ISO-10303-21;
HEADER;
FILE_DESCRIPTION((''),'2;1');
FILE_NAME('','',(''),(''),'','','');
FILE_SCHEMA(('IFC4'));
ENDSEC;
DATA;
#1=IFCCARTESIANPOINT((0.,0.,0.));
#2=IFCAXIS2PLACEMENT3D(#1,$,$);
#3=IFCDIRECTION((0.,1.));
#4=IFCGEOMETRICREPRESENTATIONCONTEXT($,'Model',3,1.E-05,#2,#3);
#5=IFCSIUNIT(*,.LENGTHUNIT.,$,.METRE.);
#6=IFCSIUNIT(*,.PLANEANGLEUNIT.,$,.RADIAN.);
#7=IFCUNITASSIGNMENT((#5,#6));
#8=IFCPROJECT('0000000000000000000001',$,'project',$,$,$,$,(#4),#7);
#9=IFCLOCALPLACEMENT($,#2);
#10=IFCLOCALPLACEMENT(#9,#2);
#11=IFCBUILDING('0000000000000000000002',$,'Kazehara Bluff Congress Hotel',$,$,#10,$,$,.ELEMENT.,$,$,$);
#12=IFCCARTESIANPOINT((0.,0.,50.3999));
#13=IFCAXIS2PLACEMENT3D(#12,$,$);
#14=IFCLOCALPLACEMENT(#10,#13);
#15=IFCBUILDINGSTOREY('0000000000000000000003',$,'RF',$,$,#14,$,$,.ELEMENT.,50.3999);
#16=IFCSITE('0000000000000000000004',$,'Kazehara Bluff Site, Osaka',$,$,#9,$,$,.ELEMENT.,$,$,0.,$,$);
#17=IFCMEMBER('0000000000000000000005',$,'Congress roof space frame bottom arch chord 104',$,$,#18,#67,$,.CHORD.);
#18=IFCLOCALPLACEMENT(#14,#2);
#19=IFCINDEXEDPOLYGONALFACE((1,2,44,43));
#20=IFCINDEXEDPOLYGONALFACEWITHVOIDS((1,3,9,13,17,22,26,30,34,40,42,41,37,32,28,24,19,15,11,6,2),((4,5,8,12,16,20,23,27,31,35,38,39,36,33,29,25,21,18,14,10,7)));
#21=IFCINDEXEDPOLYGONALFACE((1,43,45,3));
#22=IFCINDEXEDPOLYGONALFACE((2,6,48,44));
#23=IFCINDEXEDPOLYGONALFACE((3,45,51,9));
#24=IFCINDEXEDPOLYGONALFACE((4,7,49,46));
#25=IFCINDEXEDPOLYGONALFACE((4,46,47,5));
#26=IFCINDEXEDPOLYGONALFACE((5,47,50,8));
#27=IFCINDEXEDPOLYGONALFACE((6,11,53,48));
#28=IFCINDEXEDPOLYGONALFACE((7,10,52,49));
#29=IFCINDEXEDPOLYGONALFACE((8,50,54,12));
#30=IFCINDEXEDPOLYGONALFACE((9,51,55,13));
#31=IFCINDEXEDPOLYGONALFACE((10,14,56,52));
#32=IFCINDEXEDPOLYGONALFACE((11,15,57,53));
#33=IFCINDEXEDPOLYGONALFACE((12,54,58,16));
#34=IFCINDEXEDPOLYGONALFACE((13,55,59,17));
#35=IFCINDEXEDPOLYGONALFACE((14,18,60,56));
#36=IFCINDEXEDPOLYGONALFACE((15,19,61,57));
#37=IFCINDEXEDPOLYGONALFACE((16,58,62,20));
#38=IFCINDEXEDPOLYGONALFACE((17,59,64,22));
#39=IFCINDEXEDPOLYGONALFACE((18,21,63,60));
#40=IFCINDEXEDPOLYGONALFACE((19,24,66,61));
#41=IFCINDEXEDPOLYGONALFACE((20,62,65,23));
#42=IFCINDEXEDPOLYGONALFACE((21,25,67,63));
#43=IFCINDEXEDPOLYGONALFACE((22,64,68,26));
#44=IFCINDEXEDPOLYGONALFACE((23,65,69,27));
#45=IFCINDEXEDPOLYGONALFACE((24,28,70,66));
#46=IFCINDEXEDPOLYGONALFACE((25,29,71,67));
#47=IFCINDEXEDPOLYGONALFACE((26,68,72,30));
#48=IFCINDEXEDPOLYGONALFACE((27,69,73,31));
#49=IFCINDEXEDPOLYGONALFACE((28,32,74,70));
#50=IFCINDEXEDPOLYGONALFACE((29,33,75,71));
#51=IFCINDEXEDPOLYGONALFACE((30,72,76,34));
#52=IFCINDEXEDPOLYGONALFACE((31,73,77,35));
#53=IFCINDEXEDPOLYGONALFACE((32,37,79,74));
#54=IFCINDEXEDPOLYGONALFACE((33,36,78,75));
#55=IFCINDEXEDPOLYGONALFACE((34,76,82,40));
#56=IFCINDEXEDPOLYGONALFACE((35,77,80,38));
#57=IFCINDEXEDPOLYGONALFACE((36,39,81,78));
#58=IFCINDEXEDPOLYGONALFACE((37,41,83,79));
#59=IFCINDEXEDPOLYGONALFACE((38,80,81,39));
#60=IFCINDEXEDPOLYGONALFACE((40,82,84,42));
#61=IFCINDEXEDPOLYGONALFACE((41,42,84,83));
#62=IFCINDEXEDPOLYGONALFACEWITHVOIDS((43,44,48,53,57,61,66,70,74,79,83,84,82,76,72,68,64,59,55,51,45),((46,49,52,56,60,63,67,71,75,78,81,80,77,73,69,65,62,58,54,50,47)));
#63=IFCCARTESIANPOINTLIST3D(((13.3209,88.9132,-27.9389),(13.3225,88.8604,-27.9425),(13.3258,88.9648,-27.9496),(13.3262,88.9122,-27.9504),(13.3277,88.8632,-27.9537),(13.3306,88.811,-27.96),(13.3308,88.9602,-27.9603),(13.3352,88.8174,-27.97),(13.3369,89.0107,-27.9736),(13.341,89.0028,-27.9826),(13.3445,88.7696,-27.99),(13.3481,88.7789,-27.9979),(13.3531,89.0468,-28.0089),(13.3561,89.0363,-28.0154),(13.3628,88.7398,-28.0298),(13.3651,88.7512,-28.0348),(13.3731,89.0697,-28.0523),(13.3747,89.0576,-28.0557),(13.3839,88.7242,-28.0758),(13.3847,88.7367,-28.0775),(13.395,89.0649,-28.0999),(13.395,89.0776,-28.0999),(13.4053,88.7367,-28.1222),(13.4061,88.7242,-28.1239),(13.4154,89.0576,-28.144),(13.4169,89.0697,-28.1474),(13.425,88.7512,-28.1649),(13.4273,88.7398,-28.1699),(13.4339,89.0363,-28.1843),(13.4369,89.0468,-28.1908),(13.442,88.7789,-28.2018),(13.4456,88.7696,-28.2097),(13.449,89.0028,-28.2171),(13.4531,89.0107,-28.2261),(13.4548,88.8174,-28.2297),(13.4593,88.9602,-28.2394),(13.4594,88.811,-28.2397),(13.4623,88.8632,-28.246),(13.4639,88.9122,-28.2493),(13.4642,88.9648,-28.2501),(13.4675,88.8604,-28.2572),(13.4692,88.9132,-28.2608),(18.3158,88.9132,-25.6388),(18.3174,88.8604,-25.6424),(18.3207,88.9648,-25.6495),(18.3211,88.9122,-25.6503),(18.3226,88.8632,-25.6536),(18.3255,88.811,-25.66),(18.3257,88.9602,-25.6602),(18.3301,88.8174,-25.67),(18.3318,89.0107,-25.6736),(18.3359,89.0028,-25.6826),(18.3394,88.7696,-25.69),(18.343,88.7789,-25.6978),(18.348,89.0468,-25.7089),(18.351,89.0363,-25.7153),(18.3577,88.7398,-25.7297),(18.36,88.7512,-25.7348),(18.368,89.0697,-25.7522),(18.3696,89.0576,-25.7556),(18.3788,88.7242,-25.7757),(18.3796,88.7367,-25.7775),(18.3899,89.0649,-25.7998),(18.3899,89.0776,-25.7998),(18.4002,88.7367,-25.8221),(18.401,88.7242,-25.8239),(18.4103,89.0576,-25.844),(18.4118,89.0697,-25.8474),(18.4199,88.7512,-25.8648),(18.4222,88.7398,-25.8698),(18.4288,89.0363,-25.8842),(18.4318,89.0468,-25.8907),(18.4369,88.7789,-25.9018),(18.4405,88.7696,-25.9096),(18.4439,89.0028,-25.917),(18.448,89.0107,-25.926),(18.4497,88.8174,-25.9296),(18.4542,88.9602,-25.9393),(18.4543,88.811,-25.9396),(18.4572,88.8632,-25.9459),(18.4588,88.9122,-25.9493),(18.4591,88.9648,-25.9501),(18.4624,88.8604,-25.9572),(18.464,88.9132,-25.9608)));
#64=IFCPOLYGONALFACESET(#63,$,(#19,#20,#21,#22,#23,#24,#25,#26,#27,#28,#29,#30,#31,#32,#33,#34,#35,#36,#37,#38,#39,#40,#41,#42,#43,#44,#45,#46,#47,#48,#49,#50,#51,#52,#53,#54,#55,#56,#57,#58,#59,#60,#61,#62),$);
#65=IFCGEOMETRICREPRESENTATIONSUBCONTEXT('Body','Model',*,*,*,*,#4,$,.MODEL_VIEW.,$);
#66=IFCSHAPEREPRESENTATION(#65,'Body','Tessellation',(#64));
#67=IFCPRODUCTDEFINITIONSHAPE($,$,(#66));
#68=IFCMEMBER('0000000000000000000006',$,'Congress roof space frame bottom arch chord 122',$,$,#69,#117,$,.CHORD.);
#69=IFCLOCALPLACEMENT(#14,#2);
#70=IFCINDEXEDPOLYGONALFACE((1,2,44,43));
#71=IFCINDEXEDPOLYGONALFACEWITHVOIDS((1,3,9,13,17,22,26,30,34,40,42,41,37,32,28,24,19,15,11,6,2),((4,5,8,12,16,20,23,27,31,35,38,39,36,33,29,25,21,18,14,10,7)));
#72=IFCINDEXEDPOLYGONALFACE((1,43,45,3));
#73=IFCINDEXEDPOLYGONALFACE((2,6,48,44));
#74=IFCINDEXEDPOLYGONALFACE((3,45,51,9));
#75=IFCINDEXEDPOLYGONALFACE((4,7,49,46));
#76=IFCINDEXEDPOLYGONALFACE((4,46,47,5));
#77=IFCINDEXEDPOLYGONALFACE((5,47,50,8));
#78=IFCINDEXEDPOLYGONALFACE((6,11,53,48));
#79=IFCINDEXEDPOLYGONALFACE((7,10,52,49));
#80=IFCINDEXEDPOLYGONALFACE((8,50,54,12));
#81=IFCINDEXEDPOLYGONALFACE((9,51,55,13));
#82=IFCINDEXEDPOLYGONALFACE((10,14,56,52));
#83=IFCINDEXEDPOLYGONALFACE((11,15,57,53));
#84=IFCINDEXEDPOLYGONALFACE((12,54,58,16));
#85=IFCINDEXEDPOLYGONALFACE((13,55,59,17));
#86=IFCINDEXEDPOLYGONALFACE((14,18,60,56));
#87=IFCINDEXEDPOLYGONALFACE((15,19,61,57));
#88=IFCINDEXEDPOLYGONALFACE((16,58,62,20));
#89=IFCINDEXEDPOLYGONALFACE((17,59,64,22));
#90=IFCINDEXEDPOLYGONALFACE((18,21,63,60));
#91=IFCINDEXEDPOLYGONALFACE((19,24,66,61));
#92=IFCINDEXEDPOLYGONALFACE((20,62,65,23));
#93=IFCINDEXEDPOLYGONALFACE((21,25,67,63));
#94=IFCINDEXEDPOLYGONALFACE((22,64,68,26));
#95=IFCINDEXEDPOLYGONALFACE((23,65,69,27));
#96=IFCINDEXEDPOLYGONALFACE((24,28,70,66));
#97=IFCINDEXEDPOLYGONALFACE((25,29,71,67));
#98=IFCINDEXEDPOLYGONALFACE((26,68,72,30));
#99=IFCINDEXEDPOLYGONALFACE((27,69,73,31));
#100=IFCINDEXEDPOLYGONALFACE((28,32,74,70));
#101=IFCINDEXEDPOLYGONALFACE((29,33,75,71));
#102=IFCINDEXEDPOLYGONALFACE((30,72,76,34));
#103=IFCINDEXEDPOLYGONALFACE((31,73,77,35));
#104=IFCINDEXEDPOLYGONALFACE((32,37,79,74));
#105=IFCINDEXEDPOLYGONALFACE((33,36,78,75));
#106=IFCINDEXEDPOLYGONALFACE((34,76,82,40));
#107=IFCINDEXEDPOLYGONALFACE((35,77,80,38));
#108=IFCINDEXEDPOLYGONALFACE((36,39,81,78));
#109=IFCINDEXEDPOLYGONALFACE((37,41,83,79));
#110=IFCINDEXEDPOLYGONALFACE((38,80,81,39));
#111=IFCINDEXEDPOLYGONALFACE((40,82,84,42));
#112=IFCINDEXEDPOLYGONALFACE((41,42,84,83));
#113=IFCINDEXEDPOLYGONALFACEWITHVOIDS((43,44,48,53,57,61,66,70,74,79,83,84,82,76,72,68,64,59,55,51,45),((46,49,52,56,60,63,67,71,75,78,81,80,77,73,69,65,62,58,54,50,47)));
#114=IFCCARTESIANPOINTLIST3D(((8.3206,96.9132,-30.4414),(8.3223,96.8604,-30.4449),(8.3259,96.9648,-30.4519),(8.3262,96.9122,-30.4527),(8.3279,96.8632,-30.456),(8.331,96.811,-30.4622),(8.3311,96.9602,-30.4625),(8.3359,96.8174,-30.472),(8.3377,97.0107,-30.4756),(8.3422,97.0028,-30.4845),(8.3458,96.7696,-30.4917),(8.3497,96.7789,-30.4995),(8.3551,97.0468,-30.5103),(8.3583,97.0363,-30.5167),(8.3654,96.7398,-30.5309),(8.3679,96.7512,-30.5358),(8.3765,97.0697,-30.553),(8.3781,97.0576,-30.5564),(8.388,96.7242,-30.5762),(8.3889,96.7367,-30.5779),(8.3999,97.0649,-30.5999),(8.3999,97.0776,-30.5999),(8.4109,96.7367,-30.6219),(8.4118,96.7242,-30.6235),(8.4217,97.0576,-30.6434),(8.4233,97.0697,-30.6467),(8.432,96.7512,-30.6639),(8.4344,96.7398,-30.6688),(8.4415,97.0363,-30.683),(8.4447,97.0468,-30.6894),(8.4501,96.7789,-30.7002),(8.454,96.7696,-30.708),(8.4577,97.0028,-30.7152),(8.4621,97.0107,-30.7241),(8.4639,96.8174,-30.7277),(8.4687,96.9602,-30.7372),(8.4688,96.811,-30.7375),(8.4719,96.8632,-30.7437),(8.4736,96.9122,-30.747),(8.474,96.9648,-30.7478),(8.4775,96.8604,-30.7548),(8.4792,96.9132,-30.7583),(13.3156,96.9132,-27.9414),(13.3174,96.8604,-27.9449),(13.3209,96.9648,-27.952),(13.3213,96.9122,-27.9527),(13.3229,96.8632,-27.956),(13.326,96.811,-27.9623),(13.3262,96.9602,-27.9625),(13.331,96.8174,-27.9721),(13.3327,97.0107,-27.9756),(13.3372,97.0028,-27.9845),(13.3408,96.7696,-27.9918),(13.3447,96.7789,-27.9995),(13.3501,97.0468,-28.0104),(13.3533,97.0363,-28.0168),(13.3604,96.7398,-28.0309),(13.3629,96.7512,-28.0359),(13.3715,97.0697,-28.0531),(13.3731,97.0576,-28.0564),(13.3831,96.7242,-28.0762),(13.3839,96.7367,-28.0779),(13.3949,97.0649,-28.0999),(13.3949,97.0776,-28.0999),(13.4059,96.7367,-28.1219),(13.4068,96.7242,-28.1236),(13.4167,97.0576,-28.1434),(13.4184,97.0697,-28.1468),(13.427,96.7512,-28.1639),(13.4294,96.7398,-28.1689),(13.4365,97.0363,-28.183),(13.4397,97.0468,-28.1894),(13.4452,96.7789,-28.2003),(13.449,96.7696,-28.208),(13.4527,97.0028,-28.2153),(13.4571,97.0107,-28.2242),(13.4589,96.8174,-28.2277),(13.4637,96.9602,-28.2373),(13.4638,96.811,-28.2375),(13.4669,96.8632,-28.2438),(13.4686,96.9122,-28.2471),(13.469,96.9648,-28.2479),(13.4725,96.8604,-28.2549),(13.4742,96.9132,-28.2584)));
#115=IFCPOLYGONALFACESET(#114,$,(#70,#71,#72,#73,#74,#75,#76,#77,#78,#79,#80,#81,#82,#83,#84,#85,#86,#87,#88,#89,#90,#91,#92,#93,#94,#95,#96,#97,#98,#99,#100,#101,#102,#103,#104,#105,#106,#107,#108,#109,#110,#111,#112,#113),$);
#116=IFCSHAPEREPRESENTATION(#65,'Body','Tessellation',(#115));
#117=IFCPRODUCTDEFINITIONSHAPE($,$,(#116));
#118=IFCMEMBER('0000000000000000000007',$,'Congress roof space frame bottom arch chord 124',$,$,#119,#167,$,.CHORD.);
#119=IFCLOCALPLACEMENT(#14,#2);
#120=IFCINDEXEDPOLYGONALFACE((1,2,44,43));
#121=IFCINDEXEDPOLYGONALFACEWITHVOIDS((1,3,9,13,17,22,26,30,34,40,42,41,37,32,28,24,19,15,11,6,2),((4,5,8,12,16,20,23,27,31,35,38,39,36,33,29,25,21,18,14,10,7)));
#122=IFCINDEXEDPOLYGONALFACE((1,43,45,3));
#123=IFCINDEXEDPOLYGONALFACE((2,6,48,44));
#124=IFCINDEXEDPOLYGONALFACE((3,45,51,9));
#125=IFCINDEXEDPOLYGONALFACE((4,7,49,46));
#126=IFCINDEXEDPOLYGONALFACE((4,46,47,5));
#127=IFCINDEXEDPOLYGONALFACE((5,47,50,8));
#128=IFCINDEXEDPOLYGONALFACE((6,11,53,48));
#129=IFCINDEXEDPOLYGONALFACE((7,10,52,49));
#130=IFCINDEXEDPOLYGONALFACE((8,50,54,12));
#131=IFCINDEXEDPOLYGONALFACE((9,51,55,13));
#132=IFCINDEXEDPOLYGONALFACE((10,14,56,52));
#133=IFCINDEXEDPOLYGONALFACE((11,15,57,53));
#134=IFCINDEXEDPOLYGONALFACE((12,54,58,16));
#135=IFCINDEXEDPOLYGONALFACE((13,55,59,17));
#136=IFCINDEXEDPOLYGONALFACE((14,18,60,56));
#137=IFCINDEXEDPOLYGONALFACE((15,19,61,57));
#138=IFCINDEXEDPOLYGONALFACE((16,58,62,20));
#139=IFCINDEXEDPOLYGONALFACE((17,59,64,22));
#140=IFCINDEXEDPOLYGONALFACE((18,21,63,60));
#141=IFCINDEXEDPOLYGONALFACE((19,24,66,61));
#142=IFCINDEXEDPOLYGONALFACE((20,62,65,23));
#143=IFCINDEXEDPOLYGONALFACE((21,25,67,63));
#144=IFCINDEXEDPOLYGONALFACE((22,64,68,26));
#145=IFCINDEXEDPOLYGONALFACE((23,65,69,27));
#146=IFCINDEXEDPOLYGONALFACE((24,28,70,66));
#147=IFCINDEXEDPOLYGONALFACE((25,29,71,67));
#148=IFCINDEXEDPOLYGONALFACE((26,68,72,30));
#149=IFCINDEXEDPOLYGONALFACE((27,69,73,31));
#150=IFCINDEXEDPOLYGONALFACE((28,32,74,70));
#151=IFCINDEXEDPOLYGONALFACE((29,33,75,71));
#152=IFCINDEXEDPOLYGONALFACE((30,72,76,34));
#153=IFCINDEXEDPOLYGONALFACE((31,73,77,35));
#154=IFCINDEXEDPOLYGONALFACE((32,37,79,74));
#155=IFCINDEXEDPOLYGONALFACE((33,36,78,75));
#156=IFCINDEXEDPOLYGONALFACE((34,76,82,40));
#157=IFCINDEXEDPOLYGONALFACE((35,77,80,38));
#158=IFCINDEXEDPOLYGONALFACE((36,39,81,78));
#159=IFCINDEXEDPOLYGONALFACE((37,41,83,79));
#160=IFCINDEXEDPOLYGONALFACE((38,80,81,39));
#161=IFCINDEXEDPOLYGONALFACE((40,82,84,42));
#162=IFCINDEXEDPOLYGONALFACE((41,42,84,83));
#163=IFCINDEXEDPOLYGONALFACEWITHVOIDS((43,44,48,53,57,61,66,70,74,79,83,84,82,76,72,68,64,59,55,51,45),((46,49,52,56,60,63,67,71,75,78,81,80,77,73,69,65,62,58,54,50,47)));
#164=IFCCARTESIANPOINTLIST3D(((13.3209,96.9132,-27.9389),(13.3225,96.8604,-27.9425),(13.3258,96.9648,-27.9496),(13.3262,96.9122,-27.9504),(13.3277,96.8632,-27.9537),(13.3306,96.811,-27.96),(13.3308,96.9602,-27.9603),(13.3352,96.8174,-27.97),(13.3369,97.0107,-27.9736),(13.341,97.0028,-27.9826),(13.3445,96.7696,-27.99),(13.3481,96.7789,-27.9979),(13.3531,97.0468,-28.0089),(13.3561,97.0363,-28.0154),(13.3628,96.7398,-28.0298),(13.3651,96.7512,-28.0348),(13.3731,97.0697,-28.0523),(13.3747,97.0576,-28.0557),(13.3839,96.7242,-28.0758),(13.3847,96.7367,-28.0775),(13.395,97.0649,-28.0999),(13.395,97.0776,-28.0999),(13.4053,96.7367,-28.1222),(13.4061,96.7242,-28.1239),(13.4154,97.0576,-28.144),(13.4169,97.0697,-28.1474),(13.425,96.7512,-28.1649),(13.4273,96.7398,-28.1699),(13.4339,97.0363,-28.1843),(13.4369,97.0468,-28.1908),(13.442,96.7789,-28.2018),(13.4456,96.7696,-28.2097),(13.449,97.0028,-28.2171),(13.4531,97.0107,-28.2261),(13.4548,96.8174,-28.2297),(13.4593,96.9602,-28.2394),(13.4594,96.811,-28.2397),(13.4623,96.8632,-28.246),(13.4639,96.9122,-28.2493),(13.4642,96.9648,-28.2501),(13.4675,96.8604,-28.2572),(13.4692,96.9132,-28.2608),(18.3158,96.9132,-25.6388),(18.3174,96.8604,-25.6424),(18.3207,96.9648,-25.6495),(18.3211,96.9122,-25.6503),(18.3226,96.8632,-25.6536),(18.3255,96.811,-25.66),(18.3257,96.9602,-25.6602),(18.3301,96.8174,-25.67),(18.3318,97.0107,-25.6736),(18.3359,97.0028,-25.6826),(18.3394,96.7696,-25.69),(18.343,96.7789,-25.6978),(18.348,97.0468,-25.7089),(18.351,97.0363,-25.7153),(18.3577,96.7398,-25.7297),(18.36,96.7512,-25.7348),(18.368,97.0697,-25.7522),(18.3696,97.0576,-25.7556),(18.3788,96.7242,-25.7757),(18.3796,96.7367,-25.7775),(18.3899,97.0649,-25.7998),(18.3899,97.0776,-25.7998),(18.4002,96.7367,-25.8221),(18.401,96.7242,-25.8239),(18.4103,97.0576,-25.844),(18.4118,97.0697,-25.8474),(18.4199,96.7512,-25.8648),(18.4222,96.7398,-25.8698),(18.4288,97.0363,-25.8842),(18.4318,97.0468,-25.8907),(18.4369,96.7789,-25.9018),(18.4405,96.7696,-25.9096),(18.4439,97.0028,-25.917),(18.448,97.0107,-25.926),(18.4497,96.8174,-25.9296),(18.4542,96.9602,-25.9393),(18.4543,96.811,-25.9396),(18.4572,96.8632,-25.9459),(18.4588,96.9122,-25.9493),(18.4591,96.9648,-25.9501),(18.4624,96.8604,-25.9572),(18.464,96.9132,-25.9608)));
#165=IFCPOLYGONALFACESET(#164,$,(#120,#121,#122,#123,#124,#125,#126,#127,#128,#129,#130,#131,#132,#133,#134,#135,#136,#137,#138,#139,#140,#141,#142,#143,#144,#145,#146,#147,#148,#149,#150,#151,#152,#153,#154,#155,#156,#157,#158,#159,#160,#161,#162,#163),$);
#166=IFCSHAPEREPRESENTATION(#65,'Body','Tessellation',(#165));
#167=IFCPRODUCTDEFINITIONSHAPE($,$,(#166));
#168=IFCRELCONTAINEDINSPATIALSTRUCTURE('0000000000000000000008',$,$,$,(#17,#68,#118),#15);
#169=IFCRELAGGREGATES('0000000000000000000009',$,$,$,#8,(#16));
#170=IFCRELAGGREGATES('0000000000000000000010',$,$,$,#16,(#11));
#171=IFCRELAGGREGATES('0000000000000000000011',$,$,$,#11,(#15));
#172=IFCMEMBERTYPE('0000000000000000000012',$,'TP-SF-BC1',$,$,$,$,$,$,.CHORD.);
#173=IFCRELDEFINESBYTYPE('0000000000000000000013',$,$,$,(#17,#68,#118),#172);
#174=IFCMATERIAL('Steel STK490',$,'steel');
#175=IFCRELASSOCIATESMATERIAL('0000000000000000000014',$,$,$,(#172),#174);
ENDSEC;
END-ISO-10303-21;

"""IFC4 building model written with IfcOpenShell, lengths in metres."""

from ifc_helpers import new_model, si_unit, direction, frame, origin, origin_2d, place, context, subcontext, project, spatial, hollow_circle, extrude, material, material_profile, profile_set, type_object, element, save


model = new_model("IFC4")

# Units and contexts
model_context = context("Model", 3, precision=1e-05, world=origin(), true_north=direction((0.0, 1.0)))
body_context = subcontext(model_context, "Body", "Model", "MODEL_VIEW")
ifc_project = project(units=[si_unit("LENGTHUNIT", "METRE"), si_unit("PLANEANGLEUNIT", "RADIAN")], contexts=[model_context])

# Site, building, storey
site_placement = place(None, origin())
site = spatial("IfcSite", under=ifc_project, at=site_placement, Name="Kazehara Bluff Site, Osaka", CompositionType="ELEMENT", RefElevation=0.0)
building_placement = place(site_placement, origin())
building = spatial("IfcBuilding", under=site, at=building_placement, Name="Kazehara Bluff Congress Hotel", CompositionType="ELEMENT")
storey_placement = place(building_placement, frame((0.0, 0.0, 50.3999)))
storey = spatial("IfcBuildingStorey", under=building, at=storey_placement, Name="RF", CompositionType="ELEMENT", Elevation=50.3999)

# Members
ifc_material_1 = material(Name="Steel STK490", Category="steel")
ifc_material_profile_1 = material_profile(ifc_material_1, hollow_circle(Radius=0.1777, WallThickness=0.0127, at=origin_2d()))
ifc_profile_set_1 = profile_set([ifc_material_profile_1], Name="Steel STK490")
member_type_1 = type_object("IfcMemberType", Name="TP-SF-BC1", PredefinedType="CHORD", material=ifc_profile_set_1)
member_1_placement = place(storey_placement, frame((13.395, 88.8999, -28.0999), z_axis=(0.908324, 0.0, 0.418267), x_axis=(0.0, 1.0, 0.0)))
element("IfcMember", 1, at=member_1_placement, inside=storey, type_object=member_type_1, Name="Congress roof space frame bottom arch chord 104", PredefinedType="CHORD", context=body_context, shape_type="SweptSolid", body=[
    extrude(hollow_circle(Radius=0.1777, WallThickness=0.0127, at=origin_2d()), origin(), (0.0, 0.0, 1.0), 5.499),
])
member_2_placement = place(storey_placement, frame((8.3999, 96.8999, -30.5999), z_axis=(0.894252, 0.0, 0.447563), x_axis=(0.0, 1.0, 0.0)))
element("IfcMember", 2, at=member_2_placement, inside=storey, type_object=member_type_1, Name="Congress roof space frame bottom arch chord 122", PredefinedType="CHORD", context=body_context, shape_type="SweptSolid", body=[
    extrude(hollow_circle(Radius=0.1777, WallThickness=0.0127, at=origin_2d()), origin(), (0.0, 0.0, 1.0), 5.5857),
])
member_3_placement = place(storey_placement, frame((13.395, 96.8999, -28.0999), z_axis=(0.908324, 0.0, 0.418267), x_axis=(0.0, 1.0, 0.0)))
element("IfcMember", 3, at=member_3_placement, inside=storey, type_object=member_type_1, Name="Congress roof space frame bottom arch chord 124", PredefinedType="CHORD", context=body_context, shape_type="SweptSolid", body=[
    extrude(hollow_circle(Radius=0.1777, WallThickness=0.0127, at=origin_2d()), origin(), (0.0, 0.0, 1.0), 5.499),
])

save(model, "model.ifc")
